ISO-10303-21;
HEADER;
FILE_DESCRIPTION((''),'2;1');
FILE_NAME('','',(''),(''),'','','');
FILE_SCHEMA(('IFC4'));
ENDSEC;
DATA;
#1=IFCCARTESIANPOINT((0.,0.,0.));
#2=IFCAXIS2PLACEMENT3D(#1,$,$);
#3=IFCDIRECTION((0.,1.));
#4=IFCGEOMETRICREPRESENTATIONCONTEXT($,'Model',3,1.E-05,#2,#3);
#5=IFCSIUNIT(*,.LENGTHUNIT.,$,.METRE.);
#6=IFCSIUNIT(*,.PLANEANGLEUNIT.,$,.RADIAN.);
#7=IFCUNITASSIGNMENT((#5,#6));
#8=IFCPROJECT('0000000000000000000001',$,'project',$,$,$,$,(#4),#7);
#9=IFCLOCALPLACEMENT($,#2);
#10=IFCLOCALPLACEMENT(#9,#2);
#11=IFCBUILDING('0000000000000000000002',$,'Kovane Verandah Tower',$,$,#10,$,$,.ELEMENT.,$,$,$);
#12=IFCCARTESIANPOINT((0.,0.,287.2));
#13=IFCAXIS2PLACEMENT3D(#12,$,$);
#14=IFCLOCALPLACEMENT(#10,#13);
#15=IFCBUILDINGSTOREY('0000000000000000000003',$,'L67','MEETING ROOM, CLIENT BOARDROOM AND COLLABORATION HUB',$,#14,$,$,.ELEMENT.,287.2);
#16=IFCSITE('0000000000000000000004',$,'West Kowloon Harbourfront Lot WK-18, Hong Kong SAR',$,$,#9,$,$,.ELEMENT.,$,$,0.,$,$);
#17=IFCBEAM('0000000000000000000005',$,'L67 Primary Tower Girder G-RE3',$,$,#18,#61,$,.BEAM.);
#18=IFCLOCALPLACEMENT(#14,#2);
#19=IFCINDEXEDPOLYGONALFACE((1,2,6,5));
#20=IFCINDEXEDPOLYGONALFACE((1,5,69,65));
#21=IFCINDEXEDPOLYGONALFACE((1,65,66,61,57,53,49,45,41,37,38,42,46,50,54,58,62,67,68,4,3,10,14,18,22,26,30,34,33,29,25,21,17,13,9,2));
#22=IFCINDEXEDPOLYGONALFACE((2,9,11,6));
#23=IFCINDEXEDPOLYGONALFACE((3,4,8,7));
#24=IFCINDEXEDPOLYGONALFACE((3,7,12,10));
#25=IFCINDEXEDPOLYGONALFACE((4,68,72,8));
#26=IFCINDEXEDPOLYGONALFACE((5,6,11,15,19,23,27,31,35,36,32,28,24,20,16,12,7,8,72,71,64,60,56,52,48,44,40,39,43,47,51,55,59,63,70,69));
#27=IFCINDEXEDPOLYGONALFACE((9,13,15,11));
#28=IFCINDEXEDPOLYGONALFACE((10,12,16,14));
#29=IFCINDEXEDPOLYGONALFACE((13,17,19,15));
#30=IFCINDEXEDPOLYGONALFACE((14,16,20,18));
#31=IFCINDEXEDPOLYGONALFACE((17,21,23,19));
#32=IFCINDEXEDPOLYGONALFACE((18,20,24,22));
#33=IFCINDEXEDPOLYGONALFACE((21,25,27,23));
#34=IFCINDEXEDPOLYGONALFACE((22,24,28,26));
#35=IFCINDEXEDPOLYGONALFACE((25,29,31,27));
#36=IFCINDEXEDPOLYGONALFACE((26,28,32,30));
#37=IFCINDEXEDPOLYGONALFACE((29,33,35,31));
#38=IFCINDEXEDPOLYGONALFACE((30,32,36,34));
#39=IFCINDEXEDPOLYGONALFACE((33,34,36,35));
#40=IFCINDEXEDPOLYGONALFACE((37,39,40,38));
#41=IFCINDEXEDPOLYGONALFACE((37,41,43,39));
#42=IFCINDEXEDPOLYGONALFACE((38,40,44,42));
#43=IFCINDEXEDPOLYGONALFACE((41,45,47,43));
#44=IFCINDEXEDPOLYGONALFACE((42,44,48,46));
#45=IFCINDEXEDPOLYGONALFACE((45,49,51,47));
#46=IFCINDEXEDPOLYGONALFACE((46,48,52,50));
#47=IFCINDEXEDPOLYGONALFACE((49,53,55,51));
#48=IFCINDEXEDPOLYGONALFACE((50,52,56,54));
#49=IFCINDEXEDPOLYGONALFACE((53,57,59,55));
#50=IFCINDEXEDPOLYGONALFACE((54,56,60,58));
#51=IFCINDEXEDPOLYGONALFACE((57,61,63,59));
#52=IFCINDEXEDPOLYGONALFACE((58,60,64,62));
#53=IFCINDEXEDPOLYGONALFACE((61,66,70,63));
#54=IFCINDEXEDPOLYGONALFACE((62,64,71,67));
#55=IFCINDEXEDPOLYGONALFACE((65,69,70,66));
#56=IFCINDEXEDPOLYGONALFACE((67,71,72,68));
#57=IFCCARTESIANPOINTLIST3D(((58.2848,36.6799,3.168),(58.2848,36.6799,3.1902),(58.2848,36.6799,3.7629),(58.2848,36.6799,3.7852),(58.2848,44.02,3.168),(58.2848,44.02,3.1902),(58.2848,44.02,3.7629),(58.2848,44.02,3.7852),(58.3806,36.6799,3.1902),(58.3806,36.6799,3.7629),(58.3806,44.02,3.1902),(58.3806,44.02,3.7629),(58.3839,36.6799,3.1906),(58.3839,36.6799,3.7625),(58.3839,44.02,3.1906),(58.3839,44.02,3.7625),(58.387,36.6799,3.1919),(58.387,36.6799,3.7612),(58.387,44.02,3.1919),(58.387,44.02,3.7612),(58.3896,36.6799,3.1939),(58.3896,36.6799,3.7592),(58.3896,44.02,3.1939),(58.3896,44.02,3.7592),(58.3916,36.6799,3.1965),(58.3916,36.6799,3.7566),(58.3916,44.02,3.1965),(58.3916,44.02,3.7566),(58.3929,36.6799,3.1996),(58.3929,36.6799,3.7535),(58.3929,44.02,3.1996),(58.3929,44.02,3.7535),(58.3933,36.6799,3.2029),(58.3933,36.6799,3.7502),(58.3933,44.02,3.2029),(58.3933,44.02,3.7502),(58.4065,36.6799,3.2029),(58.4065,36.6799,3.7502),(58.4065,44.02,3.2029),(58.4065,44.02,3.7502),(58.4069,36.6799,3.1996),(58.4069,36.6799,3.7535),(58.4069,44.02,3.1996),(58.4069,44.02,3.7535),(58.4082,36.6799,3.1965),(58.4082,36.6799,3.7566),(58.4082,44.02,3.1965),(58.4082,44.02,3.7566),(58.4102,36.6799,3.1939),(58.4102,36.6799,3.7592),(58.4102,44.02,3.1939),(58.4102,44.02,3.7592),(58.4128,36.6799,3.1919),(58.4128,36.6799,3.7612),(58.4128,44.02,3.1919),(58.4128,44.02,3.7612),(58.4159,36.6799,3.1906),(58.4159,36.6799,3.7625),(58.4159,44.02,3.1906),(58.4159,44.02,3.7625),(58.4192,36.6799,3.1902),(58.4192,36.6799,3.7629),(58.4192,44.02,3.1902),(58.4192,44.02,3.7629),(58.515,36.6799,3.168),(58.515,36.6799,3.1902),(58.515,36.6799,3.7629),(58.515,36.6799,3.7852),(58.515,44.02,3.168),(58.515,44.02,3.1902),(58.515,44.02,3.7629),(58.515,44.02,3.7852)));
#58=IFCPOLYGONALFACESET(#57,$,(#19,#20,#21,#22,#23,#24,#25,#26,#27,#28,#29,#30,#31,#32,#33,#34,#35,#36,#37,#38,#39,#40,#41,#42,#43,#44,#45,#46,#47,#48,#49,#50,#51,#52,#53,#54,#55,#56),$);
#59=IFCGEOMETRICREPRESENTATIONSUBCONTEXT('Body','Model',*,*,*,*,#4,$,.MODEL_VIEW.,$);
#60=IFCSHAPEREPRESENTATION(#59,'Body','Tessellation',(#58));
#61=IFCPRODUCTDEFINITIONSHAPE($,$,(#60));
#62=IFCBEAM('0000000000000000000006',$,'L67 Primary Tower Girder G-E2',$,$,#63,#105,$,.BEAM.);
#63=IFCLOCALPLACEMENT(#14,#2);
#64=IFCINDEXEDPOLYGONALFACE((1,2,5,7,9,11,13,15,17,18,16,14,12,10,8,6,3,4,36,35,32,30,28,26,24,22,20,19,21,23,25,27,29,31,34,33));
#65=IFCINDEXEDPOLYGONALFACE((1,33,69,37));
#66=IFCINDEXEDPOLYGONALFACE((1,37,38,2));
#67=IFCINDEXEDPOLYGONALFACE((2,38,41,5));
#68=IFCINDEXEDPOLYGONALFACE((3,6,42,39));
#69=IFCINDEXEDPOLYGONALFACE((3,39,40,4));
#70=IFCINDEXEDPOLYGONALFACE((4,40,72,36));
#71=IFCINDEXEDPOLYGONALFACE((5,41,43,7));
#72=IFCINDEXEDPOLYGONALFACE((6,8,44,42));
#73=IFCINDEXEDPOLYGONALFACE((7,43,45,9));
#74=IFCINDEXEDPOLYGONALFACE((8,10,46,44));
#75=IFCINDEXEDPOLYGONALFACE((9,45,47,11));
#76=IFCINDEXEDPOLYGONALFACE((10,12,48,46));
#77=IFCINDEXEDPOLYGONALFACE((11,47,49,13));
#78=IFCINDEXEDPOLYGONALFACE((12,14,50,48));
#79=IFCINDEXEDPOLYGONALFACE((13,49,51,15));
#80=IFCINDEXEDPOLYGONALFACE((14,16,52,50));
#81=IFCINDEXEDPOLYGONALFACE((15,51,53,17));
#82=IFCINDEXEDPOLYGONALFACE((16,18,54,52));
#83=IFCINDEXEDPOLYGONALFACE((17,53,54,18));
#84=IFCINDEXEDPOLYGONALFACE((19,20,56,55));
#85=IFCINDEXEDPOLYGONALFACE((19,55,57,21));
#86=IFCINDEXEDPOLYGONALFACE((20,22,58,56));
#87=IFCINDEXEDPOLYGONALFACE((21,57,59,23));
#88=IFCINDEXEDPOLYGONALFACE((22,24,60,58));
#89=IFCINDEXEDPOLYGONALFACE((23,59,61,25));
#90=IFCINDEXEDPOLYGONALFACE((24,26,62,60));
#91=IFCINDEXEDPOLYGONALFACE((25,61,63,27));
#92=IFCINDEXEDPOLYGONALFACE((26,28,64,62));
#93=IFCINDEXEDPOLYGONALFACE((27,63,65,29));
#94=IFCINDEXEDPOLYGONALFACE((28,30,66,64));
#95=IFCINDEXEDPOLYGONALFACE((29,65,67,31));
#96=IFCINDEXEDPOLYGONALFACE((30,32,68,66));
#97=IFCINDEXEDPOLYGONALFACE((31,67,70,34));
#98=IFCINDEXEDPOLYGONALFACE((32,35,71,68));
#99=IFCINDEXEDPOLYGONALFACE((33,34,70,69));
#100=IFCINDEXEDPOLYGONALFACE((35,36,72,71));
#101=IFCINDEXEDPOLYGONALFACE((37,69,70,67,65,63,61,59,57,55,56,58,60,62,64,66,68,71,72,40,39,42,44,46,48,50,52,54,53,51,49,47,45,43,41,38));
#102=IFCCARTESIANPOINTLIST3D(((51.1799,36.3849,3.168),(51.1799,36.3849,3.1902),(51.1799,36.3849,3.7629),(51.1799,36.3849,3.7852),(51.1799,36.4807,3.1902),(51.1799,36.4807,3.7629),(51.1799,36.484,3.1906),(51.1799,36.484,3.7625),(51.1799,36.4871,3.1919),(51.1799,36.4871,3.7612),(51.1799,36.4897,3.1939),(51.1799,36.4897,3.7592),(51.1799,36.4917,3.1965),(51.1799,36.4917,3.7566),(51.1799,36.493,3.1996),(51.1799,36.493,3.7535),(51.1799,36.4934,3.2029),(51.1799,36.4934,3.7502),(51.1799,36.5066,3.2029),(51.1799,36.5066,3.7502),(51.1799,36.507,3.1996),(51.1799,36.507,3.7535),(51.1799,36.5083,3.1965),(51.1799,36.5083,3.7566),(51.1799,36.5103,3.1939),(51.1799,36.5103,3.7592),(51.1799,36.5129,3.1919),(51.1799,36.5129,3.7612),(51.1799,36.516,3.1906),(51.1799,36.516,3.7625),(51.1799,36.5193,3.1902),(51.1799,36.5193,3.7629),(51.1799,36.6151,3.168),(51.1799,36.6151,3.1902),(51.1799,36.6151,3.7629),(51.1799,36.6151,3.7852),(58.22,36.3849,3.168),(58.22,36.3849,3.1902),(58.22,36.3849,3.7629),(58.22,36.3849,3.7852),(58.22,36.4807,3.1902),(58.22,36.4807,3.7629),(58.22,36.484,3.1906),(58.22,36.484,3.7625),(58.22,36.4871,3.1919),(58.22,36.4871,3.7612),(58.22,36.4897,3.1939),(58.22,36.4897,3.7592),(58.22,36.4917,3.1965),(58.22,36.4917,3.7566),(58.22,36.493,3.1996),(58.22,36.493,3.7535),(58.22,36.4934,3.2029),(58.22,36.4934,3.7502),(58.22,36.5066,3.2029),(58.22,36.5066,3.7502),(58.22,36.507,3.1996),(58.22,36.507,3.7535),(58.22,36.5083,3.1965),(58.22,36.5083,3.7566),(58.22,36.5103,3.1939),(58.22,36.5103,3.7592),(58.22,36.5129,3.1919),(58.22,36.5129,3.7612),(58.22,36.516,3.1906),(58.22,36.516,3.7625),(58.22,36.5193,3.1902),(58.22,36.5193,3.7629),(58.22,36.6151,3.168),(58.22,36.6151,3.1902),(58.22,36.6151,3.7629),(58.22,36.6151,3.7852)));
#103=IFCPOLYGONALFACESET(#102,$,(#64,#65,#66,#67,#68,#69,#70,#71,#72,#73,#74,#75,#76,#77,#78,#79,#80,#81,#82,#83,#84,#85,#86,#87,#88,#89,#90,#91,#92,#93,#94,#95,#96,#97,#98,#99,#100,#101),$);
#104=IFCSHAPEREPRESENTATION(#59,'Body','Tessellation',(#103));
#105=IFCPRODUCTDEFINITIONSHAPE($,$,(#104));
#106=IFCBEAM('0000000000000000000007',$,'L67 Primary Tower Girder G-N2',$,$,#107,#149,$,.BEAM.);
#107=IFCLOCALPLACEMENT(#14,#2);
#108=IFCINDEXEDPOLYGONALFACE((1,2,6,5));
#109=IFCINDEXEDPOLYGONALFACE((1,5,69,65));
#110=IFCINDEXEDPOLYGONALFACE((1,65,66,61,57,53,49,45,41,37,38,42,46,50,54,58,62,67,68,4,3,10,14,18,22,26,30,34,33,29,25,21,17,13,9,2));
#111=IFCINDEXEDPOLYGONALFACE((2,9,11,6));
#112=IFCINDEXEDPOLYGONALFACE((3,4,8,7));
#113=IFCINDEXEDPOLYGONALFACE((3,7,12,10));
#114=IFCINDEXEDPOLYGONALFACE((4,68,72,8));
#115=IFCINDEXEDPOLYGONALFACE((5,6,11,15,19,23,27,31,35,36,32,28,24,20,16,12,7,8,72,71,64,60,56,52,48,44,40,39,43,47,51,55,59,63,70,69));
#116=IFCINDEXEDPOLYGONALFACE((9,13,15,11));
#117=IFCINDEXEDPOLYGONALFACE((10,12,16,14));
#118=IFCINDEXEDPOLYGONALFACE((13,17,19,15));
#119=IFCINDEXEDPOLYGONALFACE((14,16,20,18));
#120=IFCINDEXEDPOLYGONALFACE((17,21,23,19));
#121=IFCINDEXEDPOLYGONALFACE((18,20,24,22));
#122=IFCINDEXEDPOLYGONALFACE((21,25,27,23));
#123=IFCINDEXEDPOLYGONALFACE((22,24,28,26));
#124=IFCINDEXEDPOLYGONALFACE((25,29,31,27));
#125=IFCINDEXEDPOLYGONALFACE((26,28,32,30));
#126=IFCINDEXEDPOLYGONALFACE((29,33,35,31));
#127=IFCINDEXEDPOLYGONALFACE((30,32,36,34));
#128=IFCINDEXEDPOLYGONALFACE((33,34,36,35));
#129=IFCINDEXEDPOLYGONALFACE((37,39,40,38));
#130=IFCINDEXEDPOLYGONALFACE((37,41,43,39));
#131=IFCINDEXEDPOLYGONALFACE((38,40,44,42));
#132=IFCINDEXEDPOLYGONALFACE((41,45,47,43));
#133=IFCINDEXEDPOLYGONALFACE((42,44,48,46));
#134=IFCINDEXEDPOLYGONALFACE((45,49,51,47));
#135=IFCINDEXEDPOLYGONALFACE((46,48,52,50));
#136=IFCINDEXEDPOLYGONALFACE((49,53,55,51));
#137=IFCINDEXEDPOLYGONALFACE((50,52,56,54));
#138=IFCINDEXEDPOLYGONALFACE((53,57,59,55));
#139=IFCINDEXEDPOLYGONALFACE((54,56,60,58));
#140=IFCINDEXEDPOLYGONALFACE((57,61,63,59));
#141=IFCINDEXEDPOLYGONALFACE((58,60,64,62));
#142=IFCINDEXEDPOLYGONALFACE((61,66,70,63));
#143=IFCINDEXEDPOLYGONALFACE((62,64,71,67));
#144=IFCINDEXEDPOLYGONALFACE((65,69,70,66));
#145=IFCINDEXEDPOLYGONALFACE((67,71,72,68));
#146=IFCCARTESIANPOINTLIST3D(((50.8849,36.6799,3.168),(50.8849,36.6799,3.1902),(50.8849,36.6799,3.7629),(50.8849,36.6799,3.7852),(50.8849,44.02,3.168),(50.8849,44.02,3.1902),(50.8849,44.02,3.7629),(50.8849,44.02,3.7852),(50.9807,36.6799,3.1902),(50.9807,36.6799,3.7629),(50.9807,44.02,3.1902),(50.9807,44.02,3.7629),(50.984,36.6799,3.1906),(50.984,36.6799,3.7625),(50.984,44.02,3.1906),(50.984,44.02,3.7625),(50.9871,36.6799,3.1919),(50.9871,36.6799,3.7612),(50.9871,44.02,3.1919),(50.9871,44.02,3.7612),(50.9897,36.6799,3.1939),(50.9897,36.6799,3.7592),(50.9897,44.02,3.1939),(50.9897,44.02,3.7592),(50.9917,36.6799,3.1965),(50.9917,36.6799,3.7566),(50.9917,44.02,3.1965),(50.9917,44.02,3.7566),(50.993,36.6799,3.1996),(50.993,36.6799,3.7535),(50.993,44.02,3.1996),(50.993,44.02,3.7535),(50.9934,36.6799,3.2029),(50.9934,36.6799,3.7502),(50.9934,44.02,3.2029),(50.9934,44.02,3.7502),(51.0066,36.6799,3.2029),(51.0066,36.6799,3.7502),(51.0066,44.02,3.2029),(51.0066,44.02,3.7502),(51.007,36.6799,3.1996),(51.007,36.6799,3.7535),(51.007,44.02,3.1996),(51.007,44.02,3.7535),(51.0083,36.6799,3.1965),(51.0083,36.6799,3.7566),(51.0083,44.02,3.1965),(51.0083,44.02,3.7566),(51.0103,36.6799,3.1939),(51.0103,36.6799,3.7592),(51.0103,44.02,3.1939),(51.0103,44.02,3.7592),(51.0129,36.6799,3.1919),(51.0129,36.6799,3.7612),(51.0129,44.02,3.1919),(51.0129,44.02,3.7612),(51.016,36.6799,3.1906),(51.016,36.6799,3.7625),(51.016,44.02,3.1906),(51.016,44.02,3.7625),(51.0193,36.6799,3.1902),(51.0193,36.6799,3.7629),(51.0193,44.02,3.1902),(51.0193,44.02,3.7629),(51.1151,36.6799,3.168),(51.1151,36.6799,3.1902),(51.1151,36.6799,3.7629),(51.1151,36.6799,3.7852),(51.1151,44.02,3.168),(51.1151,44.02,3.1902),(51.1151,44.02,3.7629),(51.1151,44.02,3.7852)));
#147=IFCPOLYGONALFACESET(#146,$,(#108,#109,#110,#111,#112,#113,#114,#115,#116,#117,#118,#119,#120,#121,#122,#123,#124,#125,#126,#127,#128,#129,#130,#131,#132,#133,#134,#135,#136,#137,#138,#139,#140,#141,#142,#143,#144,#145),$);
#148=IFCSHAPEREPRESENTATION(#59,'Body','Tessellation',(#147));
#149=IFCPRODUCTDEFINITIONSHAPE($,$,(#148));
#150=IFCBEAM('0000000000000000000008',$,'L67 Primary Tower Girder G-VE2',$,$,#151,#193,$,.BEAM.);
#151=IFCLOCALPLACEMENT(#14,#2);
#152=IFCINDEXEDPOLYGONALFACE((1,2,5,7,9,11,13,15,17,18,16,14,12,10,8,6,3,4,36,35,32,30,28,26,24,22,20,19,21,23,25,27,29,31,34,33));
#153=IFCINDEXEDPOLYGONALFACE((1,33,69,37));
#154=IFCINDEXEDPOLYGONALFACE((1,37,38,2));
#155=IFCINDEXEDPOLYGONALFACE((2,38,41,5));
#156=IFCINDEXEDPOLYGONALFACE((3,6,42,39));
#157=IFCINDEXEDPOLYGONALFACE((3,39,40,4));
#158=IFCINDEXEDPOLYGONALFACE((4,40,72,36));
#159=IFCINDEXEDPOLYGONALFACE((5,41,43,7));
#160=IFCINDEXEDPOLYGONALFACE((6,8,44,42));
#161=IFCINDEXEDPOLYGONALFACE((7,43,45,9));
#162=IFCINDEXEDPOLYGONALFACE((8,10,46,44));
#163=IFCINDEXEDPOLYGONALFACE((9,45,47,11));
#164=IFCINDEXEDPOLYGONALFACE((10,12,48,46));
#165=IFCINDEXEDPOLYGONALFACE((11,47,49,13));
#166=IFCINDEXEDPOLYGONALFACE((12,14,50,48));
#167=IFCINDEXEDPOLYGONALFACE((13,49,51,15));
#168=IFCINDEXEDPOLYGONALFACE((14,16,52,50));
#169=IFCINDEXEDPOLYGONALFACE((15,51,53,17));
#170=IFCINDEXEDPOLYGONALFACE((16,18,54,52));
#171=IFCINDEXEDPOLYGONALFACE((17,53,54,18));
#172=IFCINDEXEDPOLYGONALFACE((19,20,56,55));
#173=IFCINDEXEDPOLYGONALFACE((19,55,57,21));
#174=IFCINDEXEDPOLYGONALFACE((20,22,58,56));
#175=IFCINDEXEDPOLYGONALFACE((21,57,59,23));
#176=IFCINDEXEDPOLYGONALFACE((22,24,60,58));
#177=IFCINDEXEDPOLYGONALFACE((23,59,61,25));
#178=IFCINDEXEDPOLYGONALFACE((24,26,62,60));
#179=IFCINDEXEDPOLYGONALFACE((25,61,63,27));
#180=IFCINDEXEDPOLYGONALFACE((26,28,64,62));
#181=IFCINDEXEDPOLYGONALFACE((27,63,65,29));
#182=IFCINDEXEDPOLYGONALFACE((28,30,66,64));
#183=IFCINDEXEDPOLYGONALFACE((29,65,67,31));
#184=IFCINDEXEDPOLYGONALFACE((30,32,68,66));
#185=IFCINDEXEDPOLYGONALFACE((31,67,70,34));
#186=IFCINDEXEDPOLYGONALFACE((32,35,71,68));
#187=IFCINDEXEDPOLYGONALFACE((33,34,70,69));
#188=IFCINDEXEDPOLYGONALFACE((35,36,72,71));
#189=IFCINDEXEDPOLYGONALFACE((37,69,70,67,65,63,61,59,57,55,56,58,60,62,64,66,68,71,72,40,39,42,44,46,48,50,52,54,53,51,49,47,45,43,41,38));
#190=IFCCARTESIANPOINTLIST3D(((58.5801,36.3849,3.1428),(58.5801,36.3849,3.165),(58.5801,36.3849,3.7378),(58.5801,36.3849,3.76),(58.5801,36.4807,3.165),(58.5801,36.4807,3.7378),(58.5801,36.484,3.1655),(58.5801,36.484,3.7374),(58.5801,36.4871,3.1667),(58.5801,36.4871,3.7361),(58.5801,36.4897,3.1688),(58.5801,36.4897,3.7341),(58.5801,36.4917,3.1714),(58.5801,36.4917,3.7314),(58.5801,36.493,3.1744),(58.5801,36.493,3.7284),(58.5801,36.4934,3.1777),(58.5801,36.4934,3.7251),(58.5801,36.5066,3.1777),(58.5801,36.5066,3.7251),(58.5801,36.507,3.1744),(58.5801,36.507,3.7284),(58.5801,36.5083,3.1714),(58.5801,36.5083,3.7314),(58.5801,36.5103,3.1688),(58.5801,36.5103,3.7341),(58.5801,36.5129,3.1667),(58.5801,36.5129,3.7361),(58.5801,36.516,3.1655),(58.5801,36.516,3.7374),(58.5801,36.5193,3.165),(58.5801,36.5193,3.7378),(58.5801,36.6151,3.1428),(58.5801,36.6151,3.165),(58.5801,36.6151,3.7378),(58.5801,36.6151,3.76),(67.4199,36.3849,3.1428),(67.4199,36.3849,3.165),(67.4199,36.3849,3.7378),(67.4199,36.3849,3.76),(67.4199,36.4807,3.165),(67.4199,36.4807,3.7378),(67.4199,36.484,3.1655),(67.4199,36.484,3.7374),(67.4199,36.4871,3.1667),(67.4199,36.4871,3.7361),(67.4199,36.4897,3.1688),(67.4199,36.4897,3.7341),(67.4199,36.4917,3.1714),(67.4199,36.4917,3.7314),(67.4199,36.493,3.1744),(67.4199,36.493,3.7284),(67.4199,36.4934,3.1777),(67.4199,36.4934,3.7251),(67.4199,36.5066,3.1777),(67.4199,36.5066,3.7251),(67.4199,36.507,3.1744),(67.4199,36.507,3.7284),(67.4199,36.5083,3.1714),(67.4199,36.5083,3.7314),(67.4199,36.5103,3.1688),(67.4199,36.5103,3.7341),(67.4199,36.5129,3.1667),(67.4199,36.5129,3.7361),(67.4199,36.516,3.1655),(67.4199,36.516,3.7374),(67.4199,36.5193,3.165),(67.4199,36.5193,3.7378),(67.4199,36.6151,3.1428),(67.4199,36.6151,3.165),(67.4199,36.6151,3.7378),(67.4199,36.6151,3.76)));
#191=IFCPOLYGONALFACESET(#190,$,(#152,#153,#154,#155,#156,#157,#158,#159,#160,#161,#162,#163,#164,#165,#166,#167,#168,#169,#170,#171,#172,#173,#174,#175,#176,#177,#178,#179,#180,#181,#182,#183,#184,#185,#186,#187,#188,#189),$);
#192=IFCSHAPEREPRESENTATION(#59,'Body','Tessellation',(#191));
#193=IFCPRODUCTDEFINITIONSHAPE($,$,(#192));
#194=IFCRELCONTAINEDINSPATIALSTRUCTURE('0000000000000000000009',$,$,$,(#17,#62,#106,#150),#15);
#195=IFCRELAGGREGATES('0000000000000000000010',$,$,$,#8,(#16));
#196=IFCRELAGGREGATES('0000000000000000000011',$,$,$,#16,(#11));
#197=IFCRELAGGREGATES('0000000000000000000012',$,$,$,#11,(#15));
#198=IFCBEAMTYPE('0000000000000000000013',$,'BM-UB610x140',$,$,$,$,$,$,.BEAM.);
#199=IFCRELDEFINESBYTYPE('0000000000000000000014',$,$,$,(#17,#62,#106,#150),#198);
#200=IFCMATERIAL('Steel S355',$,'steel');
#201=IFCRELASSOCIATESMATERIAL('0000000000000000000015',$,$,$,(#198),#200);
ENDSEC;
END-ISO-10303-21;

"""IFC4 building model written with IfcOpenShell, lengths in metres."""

from ifc_helpers import new_model, si_unit, direction, frame, origin, origin_2d, place, context, subcontext, project, spatial, i_section, extrude, material, material_profile, profile_set, type_object, element, save


model = new_model("IFC4")

# Units and contexts
model_context = context("Model", 3, precision=1e-05, world=origin(), true_north=direction((0.0, 1.0)))
body_context = subcontext(model_context, "Body", "Model", "MODEL_VIEW")
ifc_project = project(units=[si_unit("LENGTHUNIT", "METRE"), si_unit("PLANEANGLEUNIT", "RADIAN")], contexts=[model_context])

# Site, building, storey
site_placement = place(None, origin())
site = spatial("IfcSite", under=ifc_project, at=site_placement, Name="West Kowloon Harbourfront Lot WK-18, Hong Kong SAR", CompositionType="ELEMENT", RefElevation=0.0)
building_placement = place(site_placement, origin())
building = spatial("IfcBuilding", under=site, at=building_placement, Name="Kovane Verandah Tower", CompositionType="ELEMENT")
storey_placement = place(building_placement, frame((0.0, 0.0, 287.2)))
storey = spatial("IfcBuildingStorey", under=building, at=storey_placement, Name="L67", Description="MEETING ROOM, CLIENT BOARDROOM AND COLLABORATION HUB", CompositionType="ELEMENT", Elevation=287.2)

# Beams
ifc_material_1 = material(Name="Steel S355", Category="steel")
ifc_material_profile_1 = material_profile(ifc_material_1, i_section(OverallWidth=0.2302, OverallDepth=0.6172, WebThickness=0.0132, FlangeThickness=0.0222, FilletRadius=0.0127, at=origin_2d()), Name="UB610x229x140")
ifc_profile_set_1 = profile_set([ifc_material_profile_1], Name="Steel S355")
beam_type_1 = type_object("IfcBeamType", Name="BM-UB610x140", PredefinedType="BEAM", material=ifc_profile_set_1)
beam_1_placement = place(storey_placement, frame((58.3999, 36.6799, 3.4766), z_axis=(0.0, 1.0, 0.0), x_axis=(-1.0, 0.0, 0.0)))
element("IfcBeam", 1, at=beam_1_placement, inside=storey, type_object=beam_type_1, Name="L67 Primary Tower Girder G-RE3", PredefinedType="BEAM", context=body_context, shape_type="SweptSolid", body=[
    extrude(i_section(OverallWidth=0.2302, OverallDepth=0.6172, WebThickness=0.0132, FlangeThickness=0.0222, FilletRadius=0.0127, at=origin_2d()), origin(), (0.0, 0.0, 1.0), 7.3401),
])
beam_2_placement = place(storey_placement, frame((51.1799, 36.5, 3.4766), z_axis=(1.0, 0.0, 0.0), x_axis=(0.0, 1.0, 0.0)))
element("IfcBeam", 2, at=beam_2_placement, inside=storey, type_object=beam_type_1, Name="L67 Primary Tower Girder G-E2", PredefinedType="BEAM", context=body_context, shape_type="SweptSolid", body=[
    extrude(i_section(OverallWidth=0.2302, OverallDepth=0.6172, WebThickness=0.0132, FlangeThickness=0.0222, FilletRadius=0.0127, at=origin_2d()), origin(), (0.0, 0.0, 1.0), 7.04),
])
beam_3_placement = place(storey_placement, frame((51.0, 36.6799, 3.4766), z_axis=(0.0, 1.0, 0.0), x_axis=(-1.0, 0.0, 0.0)))
element("IfcBeam", 3, at=beam_3_placement, inside=storey, type_object=beam_type_1, Name="L67 Primary Tower Girder G-N2", PredefinedType="BEAM", context=body_context, shape_type="SweptSolid", body=[
    extrude(i_section(OverallWidth=0.2302, OverallDepth=0.6172, WebThickness=0.0132, FlangeThickness=0.0222, FilletRadius=0.0127, at=origin_2d()), origin(), (0.0, 0.0, 1.0), 7.3401),
])
beam_4_placement = place(storey_placement, frame((58.5801, 36.5, 3.4514), z_axis=(1.0, 0.0, 0.0), x_axis=(0.0, 1.0, 0.0)))
element("IfcBeam", 4, at=beam_4_placement, inside=storey, type_object=beam_type_1, Name="L67 Primary Tower Girder G-VE2", PredefinedType="BEAM", context=body_context, shape_type="SweptSolid", body=[
    extrude(i_section(OverallWidth=0.2302, OverallDepth=0.6172, WebThickness=0.0132, FlangeThickness=0.0222, FilletRadius=0.0127, at=origin_2d()), origin(), (0.0, 0.0, 1.0), 8.8398),
])

save(model, "model.ifc")
